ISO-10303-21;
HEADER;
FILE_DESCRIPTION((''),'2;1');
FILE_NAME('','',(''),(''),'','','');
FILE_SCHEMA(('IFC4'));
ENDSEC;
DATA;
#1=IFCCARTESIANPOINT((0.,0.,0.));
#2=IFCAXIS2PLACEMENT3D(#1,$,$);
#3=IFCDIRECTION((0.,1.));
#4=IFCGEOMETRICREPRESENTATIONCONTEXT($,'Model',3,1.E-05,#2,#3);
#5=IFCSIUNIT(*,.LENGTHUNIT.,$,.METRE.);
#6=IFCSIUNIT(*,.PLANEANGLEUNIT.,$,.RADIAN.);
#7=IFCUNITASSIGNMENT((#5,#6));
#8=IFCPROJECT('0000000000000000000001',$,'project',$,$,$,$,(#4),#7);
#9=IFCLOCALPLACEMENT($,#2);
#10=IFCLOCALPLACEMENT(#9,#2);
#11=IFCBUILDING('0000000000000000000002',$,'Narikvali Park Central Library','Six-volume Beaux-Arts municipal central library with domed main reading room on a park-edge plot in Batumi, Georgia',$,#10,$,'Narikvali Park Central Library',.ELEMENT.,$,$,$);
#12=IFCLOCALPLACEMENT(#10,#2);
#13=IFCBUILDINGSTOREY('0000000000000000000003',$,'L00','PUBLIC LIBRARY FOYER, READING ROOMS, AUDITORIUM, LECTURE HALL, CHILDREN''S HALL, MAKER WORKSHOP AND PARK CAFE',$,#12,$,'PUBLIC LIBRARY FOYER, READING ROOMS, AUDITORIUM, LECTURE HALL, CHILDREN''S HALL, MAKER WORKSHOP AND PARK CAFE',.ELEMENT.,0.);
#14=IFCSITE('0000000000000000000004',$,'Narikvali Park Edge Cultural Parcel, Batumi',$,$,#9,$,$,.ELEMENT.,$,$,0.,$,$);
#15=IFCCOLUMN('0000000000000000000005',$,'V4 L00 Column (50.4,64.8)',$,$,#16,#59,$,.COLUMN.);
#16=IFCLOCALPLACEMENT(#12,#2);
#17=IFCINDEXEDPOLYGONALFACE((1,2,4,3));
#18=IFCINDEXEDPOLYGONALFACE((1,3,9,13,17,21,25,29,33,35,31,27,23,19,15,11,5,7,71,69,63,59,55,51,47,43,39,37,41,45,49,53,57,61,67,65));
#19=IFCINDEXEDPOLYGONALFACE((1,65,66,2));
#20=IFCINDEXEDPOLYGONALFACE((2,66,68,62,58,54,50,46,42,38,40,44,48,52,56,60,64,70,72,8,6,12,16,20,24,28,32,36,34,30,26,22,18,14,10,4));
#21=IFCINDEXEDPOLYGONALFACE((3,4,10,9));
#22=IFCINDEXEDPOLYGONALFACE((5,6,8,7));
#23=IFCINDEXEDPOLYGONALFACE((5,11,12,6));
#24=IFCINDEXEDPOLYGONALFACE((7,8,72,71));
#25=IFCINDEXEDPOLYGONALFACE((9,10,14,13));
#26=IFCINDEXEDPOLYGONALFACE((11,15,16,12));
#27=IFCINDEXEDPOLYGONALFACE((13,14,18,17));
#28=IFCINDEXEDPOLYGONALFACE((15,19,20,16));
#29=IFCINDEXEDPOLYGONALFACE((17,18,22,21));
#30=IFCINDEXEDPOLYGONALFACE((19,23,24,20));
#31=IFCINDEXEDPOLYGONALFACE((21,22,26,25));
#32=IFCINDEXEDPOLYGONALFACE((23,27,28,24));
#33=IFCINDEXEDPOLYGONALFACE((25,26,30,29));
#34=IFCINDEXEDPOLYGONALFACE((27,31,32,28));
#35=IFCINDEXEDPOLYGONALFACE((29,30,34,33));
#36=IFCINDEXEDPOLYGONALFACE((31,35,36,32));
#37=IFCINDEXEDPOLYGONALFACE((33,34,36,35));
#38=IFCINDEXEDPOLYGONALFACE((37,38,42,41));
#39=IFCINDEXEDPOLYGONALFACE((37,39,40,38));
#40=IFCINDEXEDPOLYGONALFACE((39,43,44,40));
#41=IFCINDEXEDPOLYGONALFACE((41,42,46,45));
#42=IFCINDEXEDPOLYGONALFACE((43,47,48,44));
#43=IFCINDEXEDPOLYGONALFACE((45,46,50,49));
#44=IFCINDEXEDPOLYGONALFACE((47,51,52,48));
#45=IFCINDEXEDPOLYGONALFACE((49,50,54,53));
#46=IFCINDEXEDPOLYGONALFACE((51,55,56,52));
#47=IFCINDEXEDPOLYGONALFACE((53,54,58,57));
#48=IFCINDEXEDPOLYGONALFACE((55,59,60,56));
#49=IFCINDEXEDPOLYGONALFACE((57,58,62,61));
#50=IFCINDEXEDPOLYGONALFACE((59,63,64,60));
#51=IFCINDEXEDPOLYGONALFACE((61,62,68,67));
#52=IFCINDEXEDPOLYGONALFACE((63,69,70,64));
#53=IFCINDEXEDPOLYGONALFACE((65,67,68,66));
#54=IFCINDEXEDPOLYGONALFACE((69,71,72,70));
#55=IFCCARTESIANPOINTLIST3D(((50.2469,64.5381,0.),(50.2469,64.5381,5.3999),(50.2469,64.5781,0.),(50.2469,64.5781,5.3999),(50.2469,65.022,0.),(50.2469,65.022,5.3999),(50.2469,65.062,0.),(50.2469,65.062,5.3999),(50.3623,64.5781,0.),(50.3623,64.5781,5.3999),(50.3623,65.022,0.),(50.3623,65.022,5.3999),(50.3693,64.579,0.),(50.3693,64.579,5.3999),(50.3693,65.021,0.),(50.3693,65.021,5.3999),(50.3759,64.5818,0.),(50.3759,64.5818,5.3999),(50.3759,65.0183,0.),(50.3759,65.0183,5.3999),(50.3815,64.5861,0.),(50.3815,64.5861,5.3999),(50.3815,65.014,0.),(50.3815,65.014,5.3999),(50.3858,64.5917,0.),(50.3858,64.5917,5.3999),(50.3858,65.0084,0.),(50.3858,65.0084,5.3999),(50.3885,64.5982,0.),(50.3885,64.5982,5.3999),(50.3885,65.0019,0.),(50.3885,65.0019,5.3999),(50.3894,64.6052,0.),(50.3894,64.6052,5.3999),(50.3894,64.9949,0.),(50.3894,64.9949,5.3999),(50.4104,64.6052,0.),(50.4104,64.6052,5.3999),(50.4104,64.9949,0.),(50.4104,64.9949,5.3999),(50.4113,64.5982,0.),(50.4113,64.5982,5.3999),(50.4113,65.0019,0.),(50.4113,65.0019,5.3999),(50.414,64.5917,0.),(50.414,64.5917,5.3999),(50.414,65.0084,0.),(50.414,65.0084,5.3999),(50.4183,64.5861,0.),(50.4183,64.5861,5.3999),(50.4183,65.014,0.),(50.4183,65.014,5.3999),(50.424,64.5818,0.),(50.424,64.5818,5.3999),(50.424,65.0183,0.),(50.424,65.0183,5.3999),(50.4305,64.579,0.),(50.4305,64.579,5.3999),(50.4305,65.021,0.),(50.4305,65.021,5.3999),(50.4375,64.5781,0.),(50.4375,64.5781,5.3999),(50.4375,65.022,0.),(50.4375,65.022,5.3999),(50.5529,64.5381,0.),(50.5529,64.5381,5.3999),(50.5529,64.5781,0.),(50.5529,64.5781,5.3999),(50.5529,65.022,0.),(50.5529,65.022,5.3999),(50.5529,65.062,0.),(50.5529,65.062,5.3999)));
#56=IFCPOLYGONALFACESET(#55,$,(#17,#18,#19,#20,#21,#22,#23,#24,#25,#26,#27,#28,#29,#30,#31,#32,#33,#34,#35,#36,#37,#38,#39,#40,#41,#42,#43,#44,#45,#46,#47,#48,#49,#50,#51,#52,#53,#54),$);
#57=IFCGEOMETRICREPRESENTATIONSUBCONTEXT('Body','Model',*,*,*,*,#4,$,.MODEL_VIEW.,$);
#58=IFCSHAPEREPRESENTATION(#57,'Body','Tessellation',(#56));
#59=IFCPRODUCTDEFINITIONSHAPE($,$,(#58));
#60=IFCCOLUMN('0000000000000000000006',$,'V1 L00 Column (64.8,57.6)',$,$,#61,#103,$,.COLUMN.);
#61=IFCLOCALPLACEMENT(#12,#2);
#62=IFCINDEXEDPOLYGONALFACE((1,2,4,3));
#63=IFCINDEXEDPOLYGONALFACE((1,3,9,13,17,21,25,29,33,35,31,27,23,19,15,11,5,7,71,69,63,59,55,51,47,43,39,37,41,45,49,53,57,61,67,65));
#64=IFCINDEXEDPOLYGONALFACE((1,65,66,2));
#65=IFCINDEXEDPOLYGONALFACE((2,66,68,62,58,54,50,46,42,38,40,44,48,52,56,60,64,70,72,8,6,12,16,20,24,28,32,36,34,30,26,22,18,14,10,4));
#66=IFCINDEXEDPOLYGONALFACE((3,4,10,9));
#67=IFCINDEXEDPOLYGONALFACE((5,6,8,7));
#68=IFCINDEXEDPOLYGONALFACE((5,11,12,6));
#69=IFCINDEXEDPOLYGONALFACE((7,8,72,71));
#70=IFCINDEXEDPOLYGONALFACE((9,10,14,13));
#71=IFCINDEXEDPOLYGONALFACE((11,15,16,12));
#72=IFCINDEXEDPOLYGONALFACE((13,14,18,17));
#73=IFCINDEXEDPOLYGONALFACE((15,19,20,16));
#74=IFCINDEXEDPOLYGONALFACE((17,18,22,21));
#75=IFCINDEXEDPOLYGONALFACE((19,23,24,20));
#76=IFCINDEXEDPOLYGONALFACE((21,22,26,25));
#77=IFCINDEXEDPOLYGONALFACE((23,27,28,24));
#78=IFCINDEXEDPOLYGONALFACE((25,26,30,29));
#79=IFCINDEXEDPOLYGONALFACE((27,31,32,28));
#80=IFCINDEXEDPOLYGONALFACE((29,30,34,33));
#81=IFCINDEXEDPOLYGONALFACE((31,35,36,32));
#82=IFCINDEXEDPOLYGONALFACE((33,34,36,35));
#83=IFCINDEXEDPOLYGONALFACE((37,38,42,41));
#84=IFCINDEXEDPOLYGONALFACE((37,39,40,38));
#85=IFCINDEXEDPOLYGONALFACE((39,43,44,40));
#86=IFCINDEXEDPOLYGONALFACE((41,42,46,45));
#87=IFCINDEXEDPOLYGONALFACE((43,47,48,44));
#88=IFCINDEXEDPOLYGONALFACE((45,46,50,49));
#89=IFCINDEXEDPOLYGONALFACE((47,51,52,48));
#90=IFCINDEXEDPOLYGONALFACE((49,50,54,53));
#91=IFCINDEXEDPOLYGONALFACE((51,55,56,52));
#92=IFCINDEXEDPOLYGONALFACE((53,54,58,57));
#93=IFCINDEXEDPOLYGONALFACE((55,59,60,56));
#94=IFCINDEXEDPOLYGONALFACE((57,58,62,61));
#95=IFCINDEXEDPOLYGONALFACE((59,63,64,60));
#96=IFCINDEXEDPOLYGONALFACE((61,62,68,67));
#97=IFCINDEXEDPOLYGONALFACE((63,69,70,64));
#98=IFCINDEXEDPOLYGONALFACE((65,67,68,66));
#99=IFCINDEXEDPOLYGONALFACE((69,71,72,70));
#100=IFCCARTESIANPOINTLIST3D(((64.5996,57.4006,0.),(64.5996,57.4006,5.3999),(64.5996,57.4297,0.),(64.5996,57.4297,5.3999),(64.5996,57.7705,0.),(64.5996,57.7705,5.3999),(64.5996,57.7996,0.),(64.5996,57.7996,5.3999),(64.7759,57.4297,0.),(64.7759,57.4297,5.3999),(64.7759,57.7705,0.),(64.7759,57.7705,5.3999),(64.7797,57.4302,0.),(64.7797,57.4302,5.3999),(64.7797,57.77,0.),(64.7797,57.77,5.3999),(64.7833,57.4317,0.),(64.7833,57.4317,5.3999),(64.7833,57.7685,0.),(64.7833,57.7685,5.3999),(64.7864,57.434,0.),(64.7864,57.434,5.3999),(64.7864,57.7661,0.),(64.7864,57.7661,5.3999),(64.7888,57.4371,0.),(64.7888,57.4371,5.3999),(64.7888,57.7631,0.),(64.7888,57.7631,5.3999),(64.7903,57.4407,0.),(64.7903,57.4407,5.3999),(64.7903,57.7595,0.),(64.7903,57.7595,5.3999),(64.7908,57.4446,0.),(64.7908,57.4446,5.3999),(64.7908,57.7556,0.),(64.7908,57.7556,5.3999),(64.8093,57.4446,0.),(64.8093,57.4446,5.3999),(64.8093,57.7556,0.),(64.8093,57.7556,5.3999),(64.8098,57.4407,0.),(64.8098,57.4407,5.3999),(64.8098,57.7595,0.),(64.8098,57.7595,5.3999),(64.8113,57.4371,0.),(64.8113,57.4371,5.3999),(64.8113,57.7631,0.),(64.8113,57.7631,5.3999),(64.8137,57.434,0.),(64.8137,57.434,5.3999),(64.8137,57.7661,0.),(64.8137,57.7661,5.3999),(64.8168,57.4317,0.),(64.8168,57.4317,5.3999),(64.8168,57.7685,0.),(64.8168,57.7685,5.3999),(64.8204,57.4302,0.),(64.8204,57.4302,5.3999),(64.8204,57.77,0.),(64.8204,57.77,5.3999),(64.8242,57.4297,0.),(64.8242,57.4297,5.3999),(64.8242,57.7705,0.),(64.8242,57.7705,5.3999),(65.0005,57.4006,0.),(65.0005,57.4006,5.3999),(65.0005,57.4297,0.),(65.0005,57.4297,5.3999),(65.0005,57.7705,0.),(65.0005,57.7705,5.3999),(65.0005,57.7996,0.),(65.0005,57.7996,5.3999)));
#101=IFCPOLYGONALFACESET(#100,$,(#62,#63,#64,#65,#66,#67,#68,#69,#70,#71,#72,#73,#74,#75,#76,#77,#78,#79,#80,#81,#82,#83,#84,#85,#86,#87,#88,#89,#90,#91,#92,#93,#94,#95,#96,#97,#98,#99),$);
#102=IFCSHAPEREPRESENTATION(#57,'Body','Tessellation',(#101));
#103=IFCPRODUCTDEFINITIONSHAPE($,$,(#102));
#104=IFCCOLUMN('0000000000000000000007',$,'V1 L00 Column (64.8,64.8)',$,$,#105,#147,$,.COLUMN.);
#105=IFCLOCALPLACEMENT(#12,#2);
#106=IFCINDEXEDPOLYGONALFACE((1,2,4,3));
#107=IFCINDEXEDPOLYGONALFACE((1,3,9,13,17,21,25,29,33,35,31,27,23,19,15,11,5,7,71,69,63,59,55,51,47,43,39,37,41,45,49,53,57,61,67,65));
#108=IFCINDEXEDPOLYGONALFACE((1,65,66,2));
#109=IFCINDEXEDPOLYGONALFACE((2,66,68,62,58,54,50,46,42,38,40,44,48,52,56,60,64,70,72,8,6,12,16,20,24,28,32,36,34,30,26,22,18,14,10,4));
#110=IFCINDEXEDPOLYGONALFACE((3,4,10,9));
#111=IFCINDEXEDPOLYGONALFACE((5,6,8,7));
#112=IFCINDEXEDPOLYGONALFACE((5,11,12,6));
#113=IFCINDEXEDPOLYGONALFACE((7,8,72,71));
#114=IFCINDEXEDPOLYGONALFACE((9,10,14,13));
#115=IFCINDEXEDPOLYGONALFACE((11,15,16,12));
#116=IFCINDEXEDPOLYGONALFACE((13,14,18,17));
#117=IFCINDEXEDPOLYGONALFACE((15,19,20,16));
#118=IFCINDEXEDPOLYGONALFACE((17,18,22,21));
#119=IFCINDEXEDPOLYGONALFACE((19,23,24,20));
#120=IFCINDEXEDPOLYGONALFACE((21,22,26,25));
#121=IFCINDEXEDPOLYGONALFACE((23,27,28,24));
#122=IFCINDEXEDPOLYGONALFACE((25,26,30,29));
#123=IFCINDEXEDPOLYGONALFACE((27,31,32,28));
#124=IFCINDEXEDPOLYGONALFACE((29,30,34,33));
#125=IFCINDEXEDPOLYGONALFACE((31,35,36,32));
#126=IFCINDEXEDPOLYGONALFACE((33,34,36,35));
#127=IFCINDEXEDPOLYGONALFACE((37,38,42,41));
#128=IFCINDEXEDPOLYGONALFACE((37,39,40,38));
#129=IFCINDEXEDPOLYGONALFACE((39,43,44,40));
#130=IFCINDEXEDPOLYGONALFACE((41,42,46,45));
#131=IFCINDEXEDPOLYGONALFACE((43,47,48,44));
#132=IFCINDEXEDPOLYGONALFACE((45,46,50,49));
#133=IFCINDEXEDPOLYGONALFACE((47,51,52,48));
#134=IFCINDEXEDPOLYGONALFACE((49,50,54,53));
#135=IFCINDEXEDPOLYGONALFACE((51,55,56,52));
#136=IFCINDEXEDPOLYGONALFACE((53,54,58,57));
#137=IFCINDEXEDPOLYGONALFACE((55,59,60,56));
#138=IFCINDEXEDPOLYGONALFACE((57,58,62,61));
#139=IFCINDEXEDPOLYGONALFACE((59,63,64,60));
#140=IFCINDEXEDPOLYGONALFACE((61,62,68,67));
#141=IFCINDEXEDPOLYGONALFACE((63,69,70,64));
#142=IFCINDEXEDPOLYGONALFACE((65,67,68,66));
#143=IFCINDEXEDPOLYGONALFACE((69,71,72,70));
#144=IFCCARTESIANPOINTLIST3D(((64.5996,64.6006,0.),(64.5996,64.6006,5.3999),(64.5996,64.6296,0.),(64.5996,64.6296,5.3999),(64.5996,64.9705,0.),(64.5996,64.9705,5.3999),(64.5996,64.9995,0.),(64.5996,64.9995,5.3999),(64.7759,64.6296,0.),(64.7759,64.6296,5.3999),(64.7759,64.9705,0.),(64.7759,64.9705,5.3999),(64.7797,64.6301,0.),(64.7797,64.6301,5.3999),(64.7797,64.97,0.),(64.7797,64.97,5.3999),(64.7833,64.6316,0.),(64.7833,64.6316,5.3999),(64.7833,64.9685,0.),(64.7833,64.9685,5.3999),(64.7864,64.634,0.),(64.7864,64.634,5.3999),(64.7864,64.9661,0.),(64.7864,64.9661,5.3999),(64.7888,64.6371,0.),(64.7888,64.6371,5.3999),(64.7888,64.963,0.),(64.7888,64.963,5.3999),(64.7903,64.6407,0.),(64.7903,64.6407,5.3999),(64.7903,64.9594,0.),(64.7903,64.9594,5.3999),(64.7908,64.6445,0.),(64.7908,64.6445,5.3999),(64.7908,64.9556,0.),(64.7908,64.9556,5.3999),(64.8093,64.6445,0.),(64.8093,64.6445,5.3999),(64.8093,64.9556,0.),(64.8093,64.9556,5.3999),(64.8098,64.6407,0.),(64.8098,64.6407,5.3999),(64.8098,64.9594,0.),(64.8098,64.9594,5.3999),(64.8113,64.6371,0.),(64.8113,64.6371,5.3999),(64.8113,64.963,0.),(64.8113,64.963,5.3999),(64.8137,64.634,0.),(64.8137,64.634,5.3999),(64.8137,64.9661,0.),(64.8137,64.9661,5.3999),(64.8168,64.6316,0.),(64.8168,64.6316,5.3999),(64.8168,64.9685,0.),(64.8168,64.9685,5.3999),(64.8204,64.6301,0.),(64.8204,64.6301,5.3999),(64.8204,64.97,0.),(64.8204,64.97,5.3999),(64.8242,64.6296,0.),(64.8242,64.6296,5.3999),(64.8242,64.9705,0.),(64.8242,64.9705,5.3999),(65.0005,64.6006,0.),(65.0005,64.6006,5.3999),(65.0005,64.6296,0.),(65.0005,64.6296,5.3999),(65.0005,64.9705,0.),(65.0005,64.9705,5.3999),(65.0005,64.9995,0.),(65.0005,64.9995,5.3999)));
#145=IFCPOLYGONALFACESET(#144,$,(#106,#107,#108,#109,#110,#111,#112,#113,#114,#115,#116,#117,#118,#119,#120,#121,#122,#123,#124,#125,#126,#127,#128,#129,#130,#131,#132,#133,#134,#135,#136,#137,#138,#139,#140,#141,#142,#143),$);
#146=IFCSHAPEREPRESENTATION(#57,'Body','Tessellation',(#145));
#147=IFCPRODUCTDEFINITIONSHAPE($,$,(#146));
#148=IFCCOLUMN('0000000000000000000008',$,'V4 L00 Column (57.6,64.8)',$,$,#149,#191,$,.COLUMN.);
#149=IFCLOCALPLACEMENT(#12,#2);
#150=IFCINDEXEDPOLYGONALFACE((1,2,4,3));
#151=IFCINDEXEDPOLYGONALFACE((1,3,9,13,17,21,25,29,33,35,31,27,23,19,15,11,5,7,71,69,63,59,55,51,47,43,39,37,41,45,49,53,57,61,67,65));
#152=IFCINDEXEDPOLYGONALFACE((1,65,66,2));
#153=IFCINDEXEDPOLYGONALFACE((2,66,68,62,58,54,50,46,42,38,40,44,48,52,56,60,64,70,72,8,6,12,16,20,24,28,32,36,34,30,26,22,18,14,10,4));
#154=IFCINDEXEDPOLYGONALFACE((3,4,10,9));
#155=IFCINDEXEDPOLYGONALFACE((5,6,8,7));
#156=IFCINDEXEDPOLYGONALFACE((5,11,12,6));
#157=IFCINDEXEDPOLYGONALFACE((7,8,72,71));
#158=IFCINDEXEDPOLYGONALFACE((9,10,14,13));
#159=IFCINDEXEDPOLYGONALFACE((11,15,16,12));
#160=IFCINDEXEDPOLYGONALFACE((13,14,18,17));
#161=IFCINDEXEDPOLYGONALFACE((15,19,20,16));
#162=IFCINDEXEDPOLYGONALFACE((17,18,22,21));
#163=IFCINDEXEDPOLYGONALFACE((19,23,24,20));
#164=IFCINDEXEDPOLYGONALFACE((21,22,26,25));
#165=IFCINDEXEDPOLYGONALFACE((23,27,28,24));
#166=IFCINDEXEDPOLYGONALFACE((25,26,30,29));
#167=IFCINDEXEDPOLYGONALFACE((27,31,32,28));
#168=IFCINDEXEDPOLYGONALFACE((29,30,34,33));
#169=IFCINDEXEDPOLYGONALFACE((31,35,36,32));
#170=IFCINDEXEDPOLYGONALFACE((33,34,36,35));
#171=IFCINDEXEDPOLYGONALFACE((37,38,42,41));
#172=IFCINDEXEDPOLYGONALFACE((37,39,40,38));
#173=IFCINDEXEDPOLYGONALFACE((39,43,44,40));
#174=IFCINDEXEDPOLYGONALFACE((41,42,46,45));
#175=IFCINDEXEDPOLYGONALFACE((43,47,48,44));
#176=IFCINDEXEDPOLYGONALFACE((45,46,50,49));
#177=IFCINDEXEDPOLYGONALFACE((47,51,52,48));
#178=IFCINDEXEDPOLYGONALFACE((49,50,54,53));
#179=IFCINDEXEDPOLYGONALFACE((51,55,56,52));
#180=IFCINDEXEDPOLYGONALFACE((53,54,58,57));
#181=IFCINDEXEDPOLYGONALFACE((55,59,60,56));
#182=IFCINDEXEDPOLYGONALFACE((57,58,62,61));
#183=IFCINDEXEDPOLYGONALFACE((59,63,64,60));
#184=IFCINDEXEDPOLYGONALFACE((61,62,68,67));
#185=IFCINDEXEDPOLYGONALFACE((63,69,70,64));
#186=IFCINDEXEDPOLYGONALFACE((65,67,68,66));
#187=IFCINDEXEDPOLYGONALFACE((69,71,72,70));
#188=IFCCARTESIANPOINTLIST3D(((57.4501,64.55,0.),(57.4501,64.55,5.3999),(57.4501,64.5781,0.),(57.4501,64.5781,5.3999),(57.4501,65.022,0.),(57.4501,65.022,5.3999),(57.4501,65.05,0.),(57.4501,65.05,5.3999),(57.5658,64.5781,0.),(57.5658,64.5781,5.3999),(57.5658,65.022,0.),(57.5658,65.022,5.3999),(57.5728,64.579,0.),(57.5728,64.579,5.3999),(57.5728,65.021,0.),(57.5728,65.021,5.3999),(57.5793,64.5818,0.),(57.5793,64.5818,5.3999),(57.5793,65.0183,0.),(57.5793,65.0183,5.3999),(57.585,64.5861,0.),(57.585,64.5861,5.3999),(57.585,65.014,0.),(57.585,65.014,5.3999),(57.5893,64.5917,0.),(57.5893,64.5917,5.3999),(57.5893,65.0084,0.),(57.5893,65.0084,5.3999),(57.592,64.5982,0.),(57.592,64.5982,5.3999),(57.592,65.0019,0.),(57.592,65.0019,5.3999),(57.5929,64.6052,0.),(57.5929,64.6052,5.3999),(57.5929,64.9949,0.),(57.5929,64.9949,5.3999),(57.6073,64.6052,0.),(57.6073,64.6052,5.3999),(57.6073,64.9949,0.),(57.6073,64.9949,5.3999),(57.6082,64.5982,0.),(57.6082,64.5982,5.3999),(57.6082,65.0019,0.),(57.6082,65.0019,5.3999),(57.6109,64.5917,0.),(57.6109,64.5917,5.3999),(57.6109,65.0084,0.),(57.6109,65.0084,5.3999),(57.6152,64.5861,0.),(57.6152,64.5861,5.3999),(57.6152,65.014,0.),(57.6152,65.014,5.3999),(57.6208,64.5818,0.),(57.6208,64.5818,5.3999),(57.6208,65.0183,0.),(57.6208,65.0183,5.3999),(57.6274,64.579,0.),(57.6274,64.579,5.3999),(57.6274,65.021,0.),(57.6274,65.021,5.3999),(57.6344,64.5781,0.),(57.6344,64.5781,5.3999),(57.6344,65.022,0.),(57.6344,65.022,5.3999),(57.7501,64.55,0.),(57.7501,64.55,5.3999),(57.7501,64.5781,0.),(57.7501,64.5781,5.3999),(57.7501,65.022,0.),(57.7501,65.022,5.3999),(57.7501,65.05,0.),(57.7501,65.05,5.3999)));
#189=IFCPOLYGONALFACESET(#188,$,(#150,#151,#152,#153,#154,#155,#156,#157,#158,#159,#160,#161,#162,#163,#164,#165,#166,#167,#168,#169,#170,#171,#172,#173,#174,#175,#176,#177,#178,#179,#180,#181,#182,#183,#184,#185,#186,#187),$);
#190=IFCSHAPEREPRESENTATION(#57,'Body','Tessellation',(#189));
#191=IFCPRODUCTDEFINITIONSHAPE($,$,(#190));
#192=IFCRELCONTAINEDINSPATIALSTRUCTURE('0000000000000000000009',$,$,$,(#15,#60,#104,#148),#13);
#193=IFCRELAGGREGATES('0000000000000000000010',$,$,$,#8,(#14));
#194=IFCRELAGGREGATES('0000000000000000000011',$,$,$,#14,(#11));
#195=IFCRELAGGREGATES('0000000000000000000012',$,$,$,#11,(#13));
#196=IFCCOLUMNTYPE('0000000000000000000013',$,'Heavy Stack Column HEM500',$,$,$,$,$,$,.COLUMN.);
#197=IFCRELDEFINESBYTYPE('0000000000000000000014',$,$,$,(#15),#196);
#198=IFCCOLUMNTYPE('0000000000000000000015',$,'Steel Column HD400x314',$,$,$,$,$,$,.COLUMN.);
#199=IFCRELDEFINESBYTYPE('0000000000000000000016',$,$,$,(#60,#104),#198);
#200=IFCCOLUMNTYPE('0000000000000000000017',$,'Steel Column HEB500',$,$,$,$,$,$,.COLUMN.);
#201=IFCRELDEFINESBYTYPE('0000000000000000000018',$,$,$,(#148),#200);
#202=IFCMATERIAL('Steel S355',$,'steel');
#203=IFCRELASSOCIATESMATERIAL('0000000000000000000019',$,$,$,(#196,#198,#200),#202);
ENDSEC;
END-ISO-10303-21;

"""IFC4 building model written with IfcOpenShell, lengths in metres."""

from ifc_helpers import new_model, si_unit, direction, frame, origin, origin_2d, place, context, subcontext, project, spatial, i_section, extrude, material, material_profile, profile_set, type_object, element, save


model = new_model("IFC4")

# Units and contexts
model_context = context("Model", 3, precision=1e-05, world=origin(), true_north=direction((0.0, 1.0)))
body_context = subcontext(model_context, "Body", "Model", "MODEL_VIEW")
ifc_project = project(units=[si_unit("LENGTHUNIT", "METRE"), si_unit("PLANEANGLEUNIT", "RADIAN")], contexts=[model_context])

# Site, building, storey
site_placement = place(None, origin())
site = spatial("IfcSite", under=ifc_project, at=site_placement, Name="Narikvali Park Edge Cultural Parcel, Batumi", CompositionType="ELEMENT", RefElevation=0.0)
building_placement = place(site_placement, origin())
building = spatial("IfcBuilding", under=site, at=building_placement, Name="Narikvali Park Central Library", Description="Six-volume Beaux-Arts municipal central library with domed main reading room on a park-edge plot in Batumi, Georgia", LongName="Narikvali Park Central Library", CompositionType="ELEMENT")
storey_placement = place(building_placement, origin())
storey = spatial("IfcBuildingStorey", under=building, at=storey_placement, Name="L00", Description="PUBLIC LIBRARY FOYER, READING ROOMS, AUDITORIUM, LECTURE HALL, CHILDREN'S HALL, MAKER WORKSHOP AND PARK CAFE", LongName="PUBLIC LIBRARY FOYER, READING ROOMS, AUDITORIUM, LECTURE HALL, CHILDREN'S HALL, MAKER WORKSHOP AND PARK CAFE", CompositionType="ELEMENT", Elevation=0.0)

# Columns
ifc_material_1 = material(Name="Steel S355", Category="steel")
ifc_material_profile_1 = material_profile(ifc_material_1, i_section(OverallWidth=0.3059, OverallDepth=0.5239, WebThickness=0.021, FlangeThickness=0.04, FilletRadius=0.0271, at=origin_2d()), Name="HEM 500")
ifc_profile_set_1 = profile_set([ifc_material_profile_1], Name="Steel S355")
column_type_1 = type_object("IfcColumnType", Name="Heavy Stack Column HEM500", PredefinedType="COLUMN", material=ifc_profile_set_1)
column_1_placement = place(storey_placement, frame((50.3999, 64.8, 0.0), z_axis=(0.0, 0.0, 1.0), x_axis=(1.0, 0.0, 0.0)))
element("IfcColumn", 1, at=column_1_placement, inside=storey, type_object=column_type_1, Name="V4 L00 Column (50.4,64.8)", PredefinedType="COLUMN", context=body_context, shape_type="SweptSolid", body=[
    extrude(i_section(OverallWidth=0.3059, OverallDepth=0.5239, WebThickness=0.021, FlangeThickness=0.04, FilletRadius=0.0271, at=origin_2d()), origin(), (0.0, 0.0, 1.0), 5.3999),
])
ifc_material_profile_2 = material_profile(ifc_material_1, i_section(OverallWidth=0.4009, OverallDepth=0.3989, WebThickness=0.0186, FlangeThickness=0.0291, FilletRadius=0.0149, at=origin_2d()), Name="HD 400x314")
ifc_profile_set_2 = profile_set([ifc_material_profile_2], Name="Steel S355")
column_type_2 = type_object("IfcColumnType", Name="Steel Column HD400x314", PredefinedType="COLUMN", material=ifc_profile_set_2)
for number, where, z_axis, x_axis, name in (
    (2, (64.8, 57.6001, 0.0), (0.0, 0.0, 1.0), (1.0, 0.0, 0.0), "V1 L00 Column (64.8,57.6)"),
    (3, (64.8, 64.8, 0.0), (0.0, 0.0, 1.0), (1.0, 0.0, 0.0), "V1 L00 Column (64.8,64.8)"),
):
    element("IfcColumn", number, at=place(storey_placement, frame(where, z_axis=z_axis, x_axis=x_axis)), inside=storey, type_object=column_type_2, Name=name, PredefinedType="COLUMN", context=body_context, shape_type="SweptSolid", body=[
        extrude(i_section(OverallWidth=0.4009, OverallDepth=0.3989, WebThickness=0.0186, FlangeThickness=0.0291, FilletRadius=0.0149, at=origin_2d()), origin(), (0.0, 0.0, 1.0), 5.3999),
    ])
ifc_material_profile_3 = material_profile(ifc_material_1, i_section(OverallWidth=0.3, OverallDepth=0.5, WebThickness=0.0144, FlangeThickness=0.0281, FilletRadius=0.0271, at=origin_2d()), Name="HEB 500")
ifc_profile_set_3 = profile_set([ifc_material_profile_3], Name="Steel S355")
column_type_3 = type_object("IfcColumnType", Name="Steel Column HEB500", PredefinedType="COLUMN", material=ifc_profile_set_3)
column_2_placement = place(storey_placement, frame((57.6001, 64.8, 0.0), z_axis=(0.0, 0.0, 1.0), x_axis=(1.0, 0.0, 0.0)))
element("IfcColumn", 4, at=column_2_placement, inside=storey, type_object=column_type_3, Name="V4 L00 Column (57.6,64.8)", PredefinedType="COLUMN", context=body_context, shape_type="SweptSolid", body=[
    extrude(i_section(OverallWidth=0.3, OverallDepth=0.5, WebThickness=0.0144, FlangeThickness=0.0281, FilletRadius=0.0271, at=origin_2d()), origin(), (0.0, 0.0, 1.0), 5.3999),
])

save(model, "model.ifc")
